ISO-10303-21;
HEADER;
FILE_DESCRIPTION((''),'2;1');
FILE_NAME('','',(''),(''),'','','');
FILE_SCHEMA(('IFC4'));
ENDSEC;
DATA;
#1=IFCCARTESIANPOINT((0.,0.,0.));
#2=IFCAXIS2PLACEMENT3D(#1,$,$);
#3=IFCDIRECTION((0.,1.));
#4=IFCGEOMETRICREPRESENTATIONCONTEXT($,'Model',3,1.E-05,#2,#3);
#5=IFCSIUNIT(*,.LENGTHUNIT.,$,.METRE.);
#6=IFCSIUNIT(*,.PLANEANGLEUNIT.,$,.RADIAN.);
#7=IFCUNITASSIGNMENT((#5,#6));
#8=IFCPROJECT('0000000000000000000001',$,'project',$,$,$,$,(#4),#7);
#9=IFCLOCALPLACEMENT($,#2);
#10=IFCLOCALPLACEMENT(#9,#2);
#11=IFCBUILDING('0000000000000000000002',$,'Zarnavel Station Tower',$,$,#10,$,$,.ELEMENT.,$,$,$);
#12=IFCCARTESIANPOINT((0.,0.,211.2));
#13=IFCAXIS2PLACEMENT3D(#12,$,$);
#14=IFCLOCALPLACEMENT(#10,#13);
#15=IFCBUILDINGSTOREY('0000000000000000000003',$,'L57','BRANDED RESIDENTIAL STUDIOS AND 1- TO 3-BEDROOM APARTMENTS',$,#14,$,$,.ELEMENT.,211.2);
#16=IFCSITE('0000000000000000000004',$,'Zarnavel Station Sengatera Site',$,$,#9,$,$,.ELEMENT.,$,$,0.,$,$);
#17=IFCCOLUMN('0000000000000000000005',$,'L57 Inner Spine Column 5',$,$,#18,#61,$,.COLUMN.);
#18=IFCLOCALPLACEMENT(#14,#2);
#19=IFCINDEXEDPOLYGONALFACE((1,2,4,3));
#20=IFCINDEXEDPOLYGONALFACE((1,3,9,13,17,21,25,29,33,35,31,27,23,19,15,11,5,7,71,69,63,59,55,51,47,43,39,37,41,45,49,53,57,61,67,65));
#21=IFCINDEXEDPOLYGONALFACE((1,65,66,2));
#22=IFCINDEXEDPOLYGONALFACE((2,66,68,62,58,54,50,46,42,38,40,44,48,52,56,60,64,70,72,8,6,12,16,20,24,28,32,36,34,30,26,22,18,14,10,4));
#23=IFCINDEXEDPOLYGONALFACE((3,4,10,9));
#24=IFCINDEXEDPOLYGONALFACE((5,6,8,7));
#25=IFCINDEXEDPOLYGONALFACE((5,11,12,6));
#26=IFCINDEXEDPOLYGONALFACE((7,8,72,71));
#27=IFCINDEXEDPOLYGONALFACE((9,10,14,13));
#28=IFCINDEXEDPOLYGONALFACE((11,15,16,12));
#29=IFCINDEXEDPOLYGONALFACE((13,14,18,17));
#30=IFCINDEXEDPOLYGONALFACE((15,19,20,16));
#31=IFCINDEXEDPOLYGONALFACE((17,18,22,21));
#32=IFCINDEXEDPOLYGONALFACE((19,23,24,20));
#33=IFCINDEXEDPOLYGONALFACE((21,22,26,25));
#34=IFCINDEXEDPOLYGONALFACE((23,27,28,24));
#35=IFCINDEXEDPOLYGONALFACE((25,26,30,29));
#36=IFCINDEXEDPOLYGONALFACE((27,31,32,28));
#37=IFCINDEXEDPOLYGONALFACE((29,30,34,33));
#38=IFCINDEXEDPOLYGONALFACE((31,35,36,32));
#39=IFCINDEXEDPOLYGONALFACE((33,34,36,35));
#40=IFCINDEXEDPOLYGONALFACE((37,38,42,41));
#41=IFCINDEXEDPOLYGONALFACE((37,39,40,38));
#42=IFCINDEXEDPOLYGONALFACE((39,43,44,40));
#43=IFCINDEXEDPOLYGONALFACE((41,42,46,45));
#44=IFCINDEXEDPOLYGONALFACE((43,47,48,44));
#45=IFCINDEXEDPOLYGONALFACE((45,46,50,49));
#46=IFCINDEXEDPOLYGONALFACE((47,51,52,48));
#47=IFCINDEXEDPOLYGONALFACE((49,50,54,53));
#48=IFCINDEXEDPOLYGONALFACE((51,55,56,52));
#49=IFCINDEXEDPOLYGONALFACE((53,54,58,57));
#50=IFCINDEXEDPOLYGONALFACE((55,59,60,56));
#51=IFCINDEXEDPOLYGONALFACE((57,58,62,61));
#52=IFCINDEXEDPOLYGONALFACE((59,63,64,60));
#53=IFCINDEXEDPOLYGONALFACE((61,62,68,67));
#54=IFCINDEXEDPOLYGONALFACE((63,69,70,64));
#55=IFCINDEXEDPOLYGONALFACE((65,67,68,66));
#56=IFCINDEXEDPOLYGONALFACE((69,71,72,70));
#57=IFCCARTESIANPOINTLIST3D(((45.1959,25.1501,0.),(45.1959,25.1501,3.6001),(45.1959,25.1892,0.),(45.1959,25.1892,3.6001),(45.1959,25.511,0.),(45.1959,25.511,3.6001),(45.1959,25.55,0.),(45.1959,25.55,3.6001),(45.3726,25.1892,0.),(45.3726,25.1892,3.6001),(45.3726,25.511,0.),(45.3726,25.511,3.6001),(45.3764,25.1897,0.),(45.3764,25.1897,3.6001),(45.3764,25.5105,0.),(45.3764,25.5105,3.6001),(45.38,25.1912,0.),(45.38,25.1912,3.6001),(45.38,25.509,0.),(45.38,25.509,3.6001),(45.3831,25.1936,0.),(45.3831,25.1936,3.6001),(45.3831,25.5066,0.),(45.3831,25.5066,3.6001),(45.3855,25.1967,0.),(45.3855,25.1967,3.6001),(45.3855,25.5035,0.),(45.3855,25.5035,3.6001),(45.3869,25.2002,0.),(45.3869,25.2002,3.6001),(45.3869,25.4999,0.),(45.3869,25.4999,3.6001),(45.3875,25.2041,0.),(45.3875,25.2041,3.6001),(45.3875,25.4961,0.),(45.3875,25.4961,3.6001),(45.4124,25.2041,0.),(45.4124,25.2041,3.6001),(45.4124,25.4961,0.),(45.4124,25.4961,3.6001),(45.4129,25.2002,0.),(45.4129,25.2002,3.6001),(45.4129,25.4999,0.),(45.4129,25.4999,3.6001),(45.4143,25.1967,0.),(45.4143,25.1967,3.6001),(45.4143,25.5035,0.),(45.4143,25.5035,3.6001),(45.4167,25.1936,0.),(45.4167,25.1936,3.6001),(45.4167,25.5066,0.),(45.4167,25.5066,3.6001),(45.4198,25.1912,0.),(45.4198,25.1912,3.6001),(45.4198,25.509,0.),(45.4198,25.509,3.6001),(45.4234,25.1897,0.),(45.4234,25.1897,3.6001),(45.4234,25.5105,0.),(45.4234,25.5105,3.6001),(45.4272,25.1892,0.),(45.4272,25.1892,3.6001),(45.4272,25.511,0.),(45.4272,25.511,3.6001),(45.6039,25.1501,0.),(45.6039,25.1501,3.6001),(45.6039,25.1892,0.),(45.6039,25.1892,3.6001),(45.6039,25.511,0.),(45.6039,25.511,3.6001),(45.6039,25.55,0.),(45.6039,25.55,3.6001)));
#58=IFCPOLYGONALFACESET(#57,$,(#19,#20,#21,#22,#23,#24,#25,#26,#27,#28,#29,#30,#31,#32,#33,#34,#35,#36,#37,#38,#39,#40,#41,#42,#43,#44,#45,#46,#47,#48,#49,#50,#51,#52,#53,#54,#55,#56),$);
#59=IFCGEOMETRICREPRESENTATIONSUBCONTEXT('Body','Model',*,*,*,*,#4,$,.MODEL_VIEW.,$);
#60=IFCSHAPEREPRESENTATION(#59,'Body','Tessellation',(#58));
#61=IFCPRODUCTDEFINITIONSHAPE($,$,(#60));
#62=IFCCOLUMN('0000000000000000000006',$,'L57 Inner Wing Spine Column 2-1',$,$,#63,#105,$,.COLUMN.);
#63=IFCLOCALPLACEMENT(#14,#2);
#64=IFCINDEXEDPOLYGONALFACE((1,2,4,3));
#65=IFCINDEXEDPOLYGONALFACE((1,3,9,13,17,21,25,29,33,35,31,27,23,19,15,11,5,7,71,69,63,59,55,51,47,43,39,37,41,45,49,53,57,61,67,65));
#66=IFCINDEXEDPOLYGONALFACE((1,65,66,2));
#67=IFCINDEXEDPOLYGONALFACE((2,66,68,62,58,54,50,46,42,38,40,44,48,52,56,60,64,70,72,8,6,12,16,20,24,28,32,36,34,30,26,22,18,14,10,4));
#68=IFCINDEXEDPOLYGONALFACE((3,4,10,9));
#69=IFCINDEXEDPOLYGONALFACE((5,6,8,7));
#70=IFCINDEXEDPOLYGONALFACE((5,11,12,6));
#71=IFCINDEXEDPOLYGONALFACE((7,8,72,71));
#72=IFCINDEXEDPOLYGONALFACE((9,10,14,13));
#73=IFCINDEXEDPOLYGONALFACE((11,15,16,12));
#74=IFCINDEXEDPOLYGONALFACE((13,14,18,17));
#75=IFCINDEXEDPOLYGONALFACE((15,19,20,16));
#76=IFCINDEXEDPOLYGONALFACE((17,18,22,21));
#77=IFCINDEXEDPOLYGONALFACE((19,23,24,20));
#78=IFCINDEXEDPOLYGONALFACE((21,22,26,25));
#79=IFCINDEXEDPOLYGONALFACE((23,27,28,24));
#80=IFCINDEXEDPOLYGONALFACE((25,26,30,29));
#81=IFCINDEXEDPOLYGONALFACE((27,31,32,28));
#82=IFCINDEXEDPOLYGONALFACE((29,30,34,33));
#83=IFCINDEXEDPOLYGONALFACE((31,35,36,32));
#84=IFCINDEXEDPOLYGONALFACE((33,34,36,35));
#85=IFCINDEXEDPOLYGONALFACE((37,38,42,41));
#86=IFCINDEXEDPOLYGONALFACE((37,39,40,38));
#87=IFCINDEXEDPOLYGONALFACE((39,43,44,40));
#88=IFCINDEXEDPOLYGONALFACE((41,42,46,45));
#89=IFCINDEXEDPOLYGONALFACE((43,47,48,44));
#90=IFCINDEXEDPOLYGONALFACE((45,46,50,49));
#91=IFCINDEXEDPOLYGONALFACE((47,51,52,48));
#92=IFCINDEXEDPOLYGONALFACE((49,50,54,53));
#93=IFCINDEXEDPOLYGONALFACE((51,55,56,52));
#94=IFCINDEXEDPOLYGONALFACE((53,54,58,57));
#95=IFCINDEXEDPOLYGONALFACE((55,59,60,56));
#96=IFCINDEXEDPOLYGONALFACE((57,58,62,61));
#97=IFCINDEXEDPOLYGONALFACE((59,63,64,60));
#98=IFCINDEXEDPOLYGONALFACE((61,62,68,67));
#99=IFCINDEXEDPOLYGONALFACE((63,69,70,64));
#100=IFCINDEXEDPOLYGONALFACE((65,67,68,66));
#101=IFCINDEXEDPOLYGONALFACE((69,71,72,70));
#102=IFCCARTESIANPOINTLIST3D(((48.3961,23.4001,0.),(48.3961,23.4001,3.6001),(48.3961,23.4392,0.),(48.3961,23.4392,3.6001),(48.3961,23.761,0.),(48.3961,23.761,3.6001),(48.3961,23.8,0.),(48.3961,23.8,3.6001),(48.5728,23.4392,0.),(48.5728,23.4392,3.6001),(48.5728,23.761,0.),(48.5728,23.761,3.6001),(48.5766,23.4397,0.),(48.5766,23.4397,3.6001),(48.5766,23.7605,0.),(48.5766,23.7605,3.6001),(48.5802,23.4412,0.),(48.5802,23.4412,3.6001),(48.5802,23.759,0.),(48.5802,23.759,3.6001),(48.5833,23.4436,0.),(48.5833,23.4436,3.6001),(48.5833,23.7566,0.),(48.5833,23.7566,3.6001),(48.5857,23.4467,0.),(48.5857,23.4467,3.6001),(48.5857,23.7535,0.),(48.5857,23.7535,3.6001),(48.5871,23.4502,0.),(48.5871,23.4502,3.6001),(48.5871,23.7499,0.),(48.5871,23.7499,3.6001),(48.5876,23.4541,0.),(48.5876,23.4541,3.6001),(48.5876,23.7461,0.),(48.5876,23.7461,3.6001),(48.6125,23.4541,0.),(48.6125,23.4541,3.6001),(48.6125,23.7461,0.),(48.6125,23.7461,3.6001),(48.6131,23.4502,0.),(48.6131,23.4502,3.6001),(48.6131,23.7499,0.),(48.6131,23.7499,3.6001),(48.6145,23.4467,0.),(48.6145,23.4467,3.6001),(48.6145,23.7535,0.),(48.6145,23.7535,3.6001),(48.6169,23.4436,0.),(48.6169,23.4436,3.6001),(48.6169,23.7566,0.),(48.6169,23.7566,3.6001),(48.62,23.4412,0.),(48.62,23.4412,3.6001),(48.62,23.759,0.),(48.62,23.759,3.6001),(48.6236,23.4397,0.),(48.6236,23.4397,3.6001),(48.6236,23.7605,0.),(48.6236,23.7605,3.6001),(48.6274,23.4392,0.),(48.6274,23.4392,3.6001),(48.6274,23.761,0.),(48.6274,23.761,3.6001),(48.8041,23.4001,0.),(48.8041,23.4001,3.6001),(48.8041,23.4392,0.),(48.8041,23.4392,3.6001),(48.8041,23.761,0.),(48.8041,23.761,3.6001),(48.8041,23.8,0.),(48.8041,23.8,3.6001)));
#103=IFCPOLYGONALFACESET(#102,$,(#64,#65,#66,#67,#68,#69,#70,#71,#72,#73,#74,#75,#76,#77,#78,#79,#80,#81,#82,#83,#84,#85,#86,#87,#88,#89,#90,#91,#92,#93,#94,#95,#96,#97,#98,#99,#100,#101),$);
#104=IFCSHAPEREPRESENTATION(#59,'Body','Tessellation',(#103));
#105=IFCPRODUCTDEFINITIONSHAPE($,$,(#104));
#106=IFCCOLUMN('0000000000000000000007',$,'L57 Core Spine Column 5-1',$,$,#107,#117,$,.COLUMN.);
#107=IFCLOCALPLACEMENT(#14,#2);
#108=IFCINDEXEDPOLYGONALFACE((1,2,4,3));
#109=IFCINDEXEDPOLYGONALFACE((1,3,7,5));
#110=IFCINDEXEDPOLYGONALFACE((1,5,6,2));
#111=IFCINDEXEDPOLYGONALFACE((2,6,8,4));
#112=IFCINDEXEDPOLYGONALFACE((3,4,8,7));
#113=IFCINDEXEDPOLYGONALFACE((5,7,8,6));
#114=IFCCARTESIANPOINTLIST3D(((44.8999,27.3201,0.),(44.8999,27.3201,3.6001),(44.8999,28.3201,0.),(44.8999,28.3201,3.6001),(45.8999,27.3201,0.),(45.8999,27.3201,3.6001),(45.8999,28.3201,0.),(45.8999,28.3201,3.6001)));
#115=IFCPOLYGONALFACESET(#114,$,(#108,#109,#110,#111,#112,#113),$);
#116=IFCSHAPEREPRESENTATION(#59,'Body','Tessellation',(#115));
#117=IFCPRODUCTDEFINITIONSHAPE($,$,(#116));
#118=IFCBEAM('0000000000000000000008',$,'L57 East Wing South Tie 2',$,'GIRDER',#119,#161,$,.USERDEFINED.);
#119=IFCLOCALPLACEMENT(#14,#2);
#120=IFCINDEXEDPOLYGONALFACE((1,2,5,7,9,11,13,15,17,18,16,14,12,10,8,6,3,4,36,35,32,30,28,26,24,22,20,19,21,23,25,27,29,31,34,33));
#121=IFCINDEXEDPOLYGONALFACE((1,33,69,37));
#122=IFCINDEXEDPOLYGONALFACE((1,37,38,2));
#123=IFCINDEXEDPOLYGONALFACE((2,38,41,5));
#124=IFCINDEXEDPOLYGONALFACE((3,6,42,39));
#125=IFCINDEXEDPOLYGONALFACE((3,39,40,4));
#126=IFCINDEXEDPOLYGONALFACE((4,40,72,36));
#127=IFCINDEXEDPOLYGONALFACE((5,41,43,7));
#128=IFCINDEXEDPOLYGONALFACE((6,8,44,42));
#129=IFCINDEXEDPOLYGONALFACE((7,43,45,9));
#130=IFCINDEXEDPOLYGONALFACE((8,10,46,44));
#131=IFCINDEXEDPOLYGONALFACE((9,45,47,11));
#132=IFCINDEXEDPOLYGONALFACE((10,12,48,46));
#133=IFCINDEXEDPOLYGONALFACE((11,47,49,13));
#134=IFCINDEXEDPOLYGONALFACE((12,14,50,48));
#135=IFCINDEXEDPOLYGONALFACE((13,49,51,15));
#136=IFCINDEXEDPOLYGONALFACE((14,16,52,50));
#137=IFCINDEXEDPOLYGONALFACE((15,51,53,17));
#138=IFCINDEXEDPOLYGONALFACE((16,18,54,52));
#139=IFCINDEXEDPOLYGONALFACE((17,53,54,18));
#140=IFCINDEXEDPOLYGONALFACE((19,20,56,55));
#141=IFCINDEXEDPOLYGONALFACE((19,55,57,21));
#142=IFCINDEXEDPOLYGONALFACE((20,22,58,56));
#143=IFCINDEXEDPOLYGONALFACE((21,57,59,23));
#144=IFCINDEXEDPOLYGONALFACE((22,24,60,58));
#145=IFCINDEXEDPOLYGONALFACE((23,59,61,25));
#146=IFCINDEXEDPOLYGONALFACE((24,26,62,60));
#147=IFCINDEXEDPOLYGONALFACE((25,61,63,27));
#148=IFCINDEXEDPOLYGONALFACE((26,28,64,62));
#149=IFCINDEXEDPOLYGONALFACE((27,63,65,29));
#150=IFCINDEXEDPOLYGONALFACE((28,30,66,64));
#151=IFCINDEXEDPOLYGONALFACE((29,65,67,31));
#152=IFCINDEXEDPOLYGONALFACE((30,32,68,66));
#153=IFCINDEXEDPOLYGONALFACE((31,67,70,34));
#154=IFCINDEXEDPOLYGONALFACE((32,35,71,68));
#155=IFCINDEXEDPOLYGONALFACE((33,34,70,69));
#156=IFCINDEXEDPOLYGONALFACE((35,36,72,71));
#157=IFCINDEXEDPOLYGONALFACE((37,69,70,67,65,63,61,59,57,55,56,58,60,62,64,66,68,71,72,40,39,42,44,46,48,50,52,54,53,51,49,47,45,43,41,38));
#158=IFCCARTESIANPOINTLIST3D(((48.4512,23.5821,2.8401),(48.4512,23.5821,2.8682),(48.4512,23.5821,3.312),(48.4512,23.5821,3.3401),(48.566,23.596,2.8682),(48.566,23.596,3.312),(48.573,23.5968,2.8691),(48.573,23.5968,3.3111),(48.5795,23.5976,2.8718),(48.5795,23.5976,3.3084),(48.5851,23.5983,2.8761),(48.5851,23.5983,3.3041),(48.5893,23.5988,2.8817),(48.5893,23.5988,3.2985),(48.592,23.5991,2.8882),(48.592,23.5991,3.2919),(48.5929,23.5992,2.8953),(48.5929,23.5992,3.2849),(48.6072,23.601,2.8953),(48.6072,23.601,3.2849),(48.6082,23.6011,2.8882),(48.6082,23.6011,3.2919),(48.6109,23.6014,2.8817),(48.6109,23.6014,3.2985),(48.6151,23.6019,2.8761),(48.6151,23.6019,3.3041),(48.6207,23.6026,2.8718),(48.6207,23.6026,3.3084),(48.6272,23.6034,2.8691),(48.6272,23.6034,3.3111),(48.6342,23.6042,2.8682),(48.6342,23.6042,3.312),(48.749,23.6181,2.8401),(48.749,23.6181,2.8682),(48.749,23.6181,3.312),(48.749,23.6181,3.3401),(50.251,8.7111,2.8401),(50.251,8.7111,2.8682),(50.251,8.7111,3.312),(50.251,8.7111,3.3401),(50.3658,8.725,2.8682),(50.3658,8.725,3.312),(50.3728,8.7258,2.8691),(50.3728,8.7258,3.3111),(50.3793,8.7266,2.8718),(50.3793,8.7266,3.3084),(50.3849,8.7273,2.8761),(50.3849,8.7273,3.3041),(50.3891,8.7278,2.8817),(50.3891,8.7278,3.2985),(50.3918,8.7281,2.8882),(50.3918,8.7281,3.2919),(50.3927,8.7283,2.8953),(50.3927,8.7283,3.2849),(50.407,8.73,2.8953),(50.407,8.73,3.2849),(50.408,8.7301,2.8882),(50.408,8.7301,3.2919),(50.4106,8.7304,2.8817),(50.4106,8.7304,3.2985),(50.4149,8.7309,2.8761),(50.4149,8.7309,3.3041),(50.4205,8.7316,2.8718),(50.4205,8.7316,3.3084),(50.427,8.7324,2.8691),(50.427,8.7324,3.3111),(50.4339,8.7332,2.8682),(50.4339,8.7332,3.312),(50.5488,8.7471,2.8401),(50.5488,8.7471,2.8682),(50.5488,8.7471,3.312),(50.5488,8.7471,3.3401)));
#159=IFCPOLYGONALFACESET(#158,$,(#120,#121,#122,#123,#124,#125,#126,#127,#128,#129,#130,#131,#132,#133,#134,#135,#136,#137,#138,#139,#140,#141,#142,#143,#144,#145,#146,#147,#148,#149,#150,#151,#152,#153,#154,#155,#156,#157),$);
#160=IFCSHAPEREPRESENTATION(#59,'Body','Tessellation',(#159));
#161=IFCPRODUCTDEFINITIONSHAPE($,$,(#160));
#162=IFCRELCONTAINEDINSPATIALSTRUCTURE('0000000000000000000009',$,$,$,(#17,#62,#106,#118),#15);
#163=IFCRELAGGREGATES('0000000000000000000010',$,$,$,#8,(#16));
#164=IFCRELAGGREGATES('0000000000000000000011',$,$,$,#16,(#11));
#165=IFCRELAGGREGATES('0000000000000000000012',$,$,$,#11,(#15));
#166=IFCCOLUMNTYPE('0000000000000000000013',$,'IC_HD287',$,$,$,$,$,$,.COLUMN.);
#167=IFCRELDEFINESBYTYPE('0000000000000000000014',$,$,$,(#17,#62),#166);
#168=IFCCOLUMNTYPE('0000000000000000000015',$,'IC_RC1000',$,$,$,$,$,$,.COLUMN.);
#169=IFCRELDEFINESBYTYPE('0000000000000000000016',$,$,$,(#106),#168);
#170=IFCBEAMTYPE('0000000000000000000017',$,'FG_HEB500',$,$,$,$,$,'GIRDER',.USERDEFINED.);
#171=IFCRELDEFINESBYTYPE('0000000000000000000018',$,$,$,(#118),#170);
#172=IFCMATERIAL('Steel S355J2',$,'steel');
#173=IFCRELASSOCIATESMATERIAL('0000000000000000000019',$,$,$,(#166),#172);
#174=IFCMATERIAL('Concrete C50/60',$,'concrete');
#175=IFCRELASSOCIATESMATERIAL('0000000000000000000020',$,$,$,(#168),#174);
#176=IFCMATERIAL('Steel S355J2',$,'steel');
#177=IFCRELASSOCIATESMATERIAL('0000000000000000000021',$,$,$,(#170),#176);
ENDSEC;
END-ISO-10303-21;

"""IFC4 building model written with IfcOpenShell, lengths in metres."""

from ifc_helpers import new_model, si_unit, direction, frame, origin, origin_2d, place, context, subcontext, project, spatial, rectangle, i_section, extrude, material, material_profile, profile_set, type_object, element, save


model = new_model("IFC4")

# Units and contexts
model_context = context("Model", 3, precision=1e-05, world=origin(), true_north=direction((0.0, 1.0)))
body_context = subcontext(model_context, "Body", "Model", "MODEL_VIEW")
ifc_project = project(units=[si_unit("LENGTHUNIT", "METRE"), si_unit("PLANEANGLEUNIT", "RADIAN")], contexts=[model_context])

# Site, building, storey
site_placement = place(None, origin())
site = spatial("IfcSite", under=ifc_project, at=site_placement, Name="Zarnavel Station Sengatera Site", CompositionType="ELEMENT", RefElevation=0.0)
building_placement = place(site_placement, origin())
building = spatial("IfcBuilding", under=site, at=building_placement, Name="Zarnavel Station Tower", CompositionType="ELEMENT")
storey_placement = place(building_placement, frame((0.0, 0.0, 211.2)))
storey = spatial("IfcBuildingStorey", under=building, at=storey_placement, Name="L57", Description="BRANDED RESIDENTIAL STUDIOS AND 1- TO 3-BEDROOM APARTMENTS", CompositionType="ELEMENT", Elevation=211.2)

# Columns
ifc_material_1 = material(Name="Steel S355J2", Category="steel")
ifc_material_profile_1 = material_profile(ifc_material_1, i_section(OverallWidth=0.408, OverallDepth=0.3999, WebThickness=0.0249, FlangeThickness=0.0391, FilletRadius=0.0149, at=origin_2d()), Name="HD400x287")
ifc_profile_set_1 = profile_set([ifc_material_profile_1], Name="Steel S355J2")
column_type_1 = type_object("IfcColumnType", Name="IC_HD287", PredefinedType="COLUMN", material=ifc_profile_set_1)
for number, where, z_axis, x_axis, name in (
    (1, (45.3999, 25.3501, 0.0), (0.0, 0.0, 1.0), (1.0, 0.0, 0.0), "L57 Inner Spine Column 5"),
    (2, (48.6001, 23.6001, 0.0), (0.0, 0.0, 1.0), (1.0, 0.0, 0.0), "L57 Inner Wing Spine Column 2-1"),
):
    element("IfcColumn", number, at=place(storey_placement, frame(where, z_axis=z_axis, x_axis=x_axis)), inside=storey, type_object=column_type_1, Name=name, PredefinedType="COLUMN", context=body_context, shape_type="SweptSolid", body=[
        extrude(i_section(OverallWidth=0.408, OverallDepth=0.3999, WebThickness=0.0249, FlangeThickness=0.0391, FilletRadius=0.0149, at=origin_2d()), origin(), (0.0, 0.0, 1.0), 3.6001),
    ])
ifc_material_2 = material(Name="Concrete C50/60", Category="concrete")
ifc_material_profile_2 = material_profile(ifc_material_2, rectangle(XDim=1.0, YDim=1.0, at=origin_2d()), Name="RC1000x1000")
ifc_profile_set_2 = profile_set([ifc_material_profile_2], Name="Concrete C50/60")
column_type_2 = type_object("IfcColumnType", Name="IC_RC1000", PredefinedType="COLUMN", material=ifc_profile_set_2)
column_placement = place(storey_placement, frame((45.3999, 27.8201, 0.0), z_axis=(0.0, 0.0, 1.0), x_axis=(1.0, 0.0, 0.0)))
element("IfcColumn", 3, at=column_placement, inside=storey, type_object=column_type_2, Name="L57 Core Spine Column 5-1", PredefinedType="COLUMN", context=body_context, shape_type="SweptSolid", body=[
    extrude(rectangle(XDim=1.0, YDim=1.0, at=origin_2d()), origin(), (0.0, 0.0, 1.0), 3.6001),
])

# Beam
ifc_material_3 = material(Name="Steel S355J2", Category="steel")
ifc_material_profile_3 = material_profile(ifc_material_3, i_section(OverallWidth=0.3, OverallDepth=0.5, WebThickness=0.0144, FlangeThickness=0.0281, FilletRadius=0.0271, at=origin_2d()), Name="HEB500")
ifc_profile_set_3 = profile_set([ifc_material_profile_3], Name="Steel S355J2")
beam_type_1 = type_object("IfcBeamType", Name="FG_HEB500", ElementType="GIRDER", PredefinedType="USERDEFINED", material=ifc_profile_set_3)
beam_1_placement = place(storey_placement, frame((48.6001, 23.6001, 3.0901), z_axis=(0.12015, -0.992756, 0.0), x_axis=(0.992756, 0.12015, 0.0)))
element("IfcBeam", 4, at=beam_1_placement, inside=storey, type_object=beam_type_1, Name="L57 East Wing South Tie 2", ObjectType="GIRDER", PredefinedType="USERDEFINED", context=body_context, shape_type="SweptSolid", body=[
    extrude(i_section(OverallWidth=0.3, OverallDepth=0.5, WebThickness=0.0144, FlangeThickness=0.0281, FilletRadius=0.0271, at=origin_2d()), origin(), (0.0, 0.0, 1.0), 14.9795),
])

save(model, "model.ifc")
